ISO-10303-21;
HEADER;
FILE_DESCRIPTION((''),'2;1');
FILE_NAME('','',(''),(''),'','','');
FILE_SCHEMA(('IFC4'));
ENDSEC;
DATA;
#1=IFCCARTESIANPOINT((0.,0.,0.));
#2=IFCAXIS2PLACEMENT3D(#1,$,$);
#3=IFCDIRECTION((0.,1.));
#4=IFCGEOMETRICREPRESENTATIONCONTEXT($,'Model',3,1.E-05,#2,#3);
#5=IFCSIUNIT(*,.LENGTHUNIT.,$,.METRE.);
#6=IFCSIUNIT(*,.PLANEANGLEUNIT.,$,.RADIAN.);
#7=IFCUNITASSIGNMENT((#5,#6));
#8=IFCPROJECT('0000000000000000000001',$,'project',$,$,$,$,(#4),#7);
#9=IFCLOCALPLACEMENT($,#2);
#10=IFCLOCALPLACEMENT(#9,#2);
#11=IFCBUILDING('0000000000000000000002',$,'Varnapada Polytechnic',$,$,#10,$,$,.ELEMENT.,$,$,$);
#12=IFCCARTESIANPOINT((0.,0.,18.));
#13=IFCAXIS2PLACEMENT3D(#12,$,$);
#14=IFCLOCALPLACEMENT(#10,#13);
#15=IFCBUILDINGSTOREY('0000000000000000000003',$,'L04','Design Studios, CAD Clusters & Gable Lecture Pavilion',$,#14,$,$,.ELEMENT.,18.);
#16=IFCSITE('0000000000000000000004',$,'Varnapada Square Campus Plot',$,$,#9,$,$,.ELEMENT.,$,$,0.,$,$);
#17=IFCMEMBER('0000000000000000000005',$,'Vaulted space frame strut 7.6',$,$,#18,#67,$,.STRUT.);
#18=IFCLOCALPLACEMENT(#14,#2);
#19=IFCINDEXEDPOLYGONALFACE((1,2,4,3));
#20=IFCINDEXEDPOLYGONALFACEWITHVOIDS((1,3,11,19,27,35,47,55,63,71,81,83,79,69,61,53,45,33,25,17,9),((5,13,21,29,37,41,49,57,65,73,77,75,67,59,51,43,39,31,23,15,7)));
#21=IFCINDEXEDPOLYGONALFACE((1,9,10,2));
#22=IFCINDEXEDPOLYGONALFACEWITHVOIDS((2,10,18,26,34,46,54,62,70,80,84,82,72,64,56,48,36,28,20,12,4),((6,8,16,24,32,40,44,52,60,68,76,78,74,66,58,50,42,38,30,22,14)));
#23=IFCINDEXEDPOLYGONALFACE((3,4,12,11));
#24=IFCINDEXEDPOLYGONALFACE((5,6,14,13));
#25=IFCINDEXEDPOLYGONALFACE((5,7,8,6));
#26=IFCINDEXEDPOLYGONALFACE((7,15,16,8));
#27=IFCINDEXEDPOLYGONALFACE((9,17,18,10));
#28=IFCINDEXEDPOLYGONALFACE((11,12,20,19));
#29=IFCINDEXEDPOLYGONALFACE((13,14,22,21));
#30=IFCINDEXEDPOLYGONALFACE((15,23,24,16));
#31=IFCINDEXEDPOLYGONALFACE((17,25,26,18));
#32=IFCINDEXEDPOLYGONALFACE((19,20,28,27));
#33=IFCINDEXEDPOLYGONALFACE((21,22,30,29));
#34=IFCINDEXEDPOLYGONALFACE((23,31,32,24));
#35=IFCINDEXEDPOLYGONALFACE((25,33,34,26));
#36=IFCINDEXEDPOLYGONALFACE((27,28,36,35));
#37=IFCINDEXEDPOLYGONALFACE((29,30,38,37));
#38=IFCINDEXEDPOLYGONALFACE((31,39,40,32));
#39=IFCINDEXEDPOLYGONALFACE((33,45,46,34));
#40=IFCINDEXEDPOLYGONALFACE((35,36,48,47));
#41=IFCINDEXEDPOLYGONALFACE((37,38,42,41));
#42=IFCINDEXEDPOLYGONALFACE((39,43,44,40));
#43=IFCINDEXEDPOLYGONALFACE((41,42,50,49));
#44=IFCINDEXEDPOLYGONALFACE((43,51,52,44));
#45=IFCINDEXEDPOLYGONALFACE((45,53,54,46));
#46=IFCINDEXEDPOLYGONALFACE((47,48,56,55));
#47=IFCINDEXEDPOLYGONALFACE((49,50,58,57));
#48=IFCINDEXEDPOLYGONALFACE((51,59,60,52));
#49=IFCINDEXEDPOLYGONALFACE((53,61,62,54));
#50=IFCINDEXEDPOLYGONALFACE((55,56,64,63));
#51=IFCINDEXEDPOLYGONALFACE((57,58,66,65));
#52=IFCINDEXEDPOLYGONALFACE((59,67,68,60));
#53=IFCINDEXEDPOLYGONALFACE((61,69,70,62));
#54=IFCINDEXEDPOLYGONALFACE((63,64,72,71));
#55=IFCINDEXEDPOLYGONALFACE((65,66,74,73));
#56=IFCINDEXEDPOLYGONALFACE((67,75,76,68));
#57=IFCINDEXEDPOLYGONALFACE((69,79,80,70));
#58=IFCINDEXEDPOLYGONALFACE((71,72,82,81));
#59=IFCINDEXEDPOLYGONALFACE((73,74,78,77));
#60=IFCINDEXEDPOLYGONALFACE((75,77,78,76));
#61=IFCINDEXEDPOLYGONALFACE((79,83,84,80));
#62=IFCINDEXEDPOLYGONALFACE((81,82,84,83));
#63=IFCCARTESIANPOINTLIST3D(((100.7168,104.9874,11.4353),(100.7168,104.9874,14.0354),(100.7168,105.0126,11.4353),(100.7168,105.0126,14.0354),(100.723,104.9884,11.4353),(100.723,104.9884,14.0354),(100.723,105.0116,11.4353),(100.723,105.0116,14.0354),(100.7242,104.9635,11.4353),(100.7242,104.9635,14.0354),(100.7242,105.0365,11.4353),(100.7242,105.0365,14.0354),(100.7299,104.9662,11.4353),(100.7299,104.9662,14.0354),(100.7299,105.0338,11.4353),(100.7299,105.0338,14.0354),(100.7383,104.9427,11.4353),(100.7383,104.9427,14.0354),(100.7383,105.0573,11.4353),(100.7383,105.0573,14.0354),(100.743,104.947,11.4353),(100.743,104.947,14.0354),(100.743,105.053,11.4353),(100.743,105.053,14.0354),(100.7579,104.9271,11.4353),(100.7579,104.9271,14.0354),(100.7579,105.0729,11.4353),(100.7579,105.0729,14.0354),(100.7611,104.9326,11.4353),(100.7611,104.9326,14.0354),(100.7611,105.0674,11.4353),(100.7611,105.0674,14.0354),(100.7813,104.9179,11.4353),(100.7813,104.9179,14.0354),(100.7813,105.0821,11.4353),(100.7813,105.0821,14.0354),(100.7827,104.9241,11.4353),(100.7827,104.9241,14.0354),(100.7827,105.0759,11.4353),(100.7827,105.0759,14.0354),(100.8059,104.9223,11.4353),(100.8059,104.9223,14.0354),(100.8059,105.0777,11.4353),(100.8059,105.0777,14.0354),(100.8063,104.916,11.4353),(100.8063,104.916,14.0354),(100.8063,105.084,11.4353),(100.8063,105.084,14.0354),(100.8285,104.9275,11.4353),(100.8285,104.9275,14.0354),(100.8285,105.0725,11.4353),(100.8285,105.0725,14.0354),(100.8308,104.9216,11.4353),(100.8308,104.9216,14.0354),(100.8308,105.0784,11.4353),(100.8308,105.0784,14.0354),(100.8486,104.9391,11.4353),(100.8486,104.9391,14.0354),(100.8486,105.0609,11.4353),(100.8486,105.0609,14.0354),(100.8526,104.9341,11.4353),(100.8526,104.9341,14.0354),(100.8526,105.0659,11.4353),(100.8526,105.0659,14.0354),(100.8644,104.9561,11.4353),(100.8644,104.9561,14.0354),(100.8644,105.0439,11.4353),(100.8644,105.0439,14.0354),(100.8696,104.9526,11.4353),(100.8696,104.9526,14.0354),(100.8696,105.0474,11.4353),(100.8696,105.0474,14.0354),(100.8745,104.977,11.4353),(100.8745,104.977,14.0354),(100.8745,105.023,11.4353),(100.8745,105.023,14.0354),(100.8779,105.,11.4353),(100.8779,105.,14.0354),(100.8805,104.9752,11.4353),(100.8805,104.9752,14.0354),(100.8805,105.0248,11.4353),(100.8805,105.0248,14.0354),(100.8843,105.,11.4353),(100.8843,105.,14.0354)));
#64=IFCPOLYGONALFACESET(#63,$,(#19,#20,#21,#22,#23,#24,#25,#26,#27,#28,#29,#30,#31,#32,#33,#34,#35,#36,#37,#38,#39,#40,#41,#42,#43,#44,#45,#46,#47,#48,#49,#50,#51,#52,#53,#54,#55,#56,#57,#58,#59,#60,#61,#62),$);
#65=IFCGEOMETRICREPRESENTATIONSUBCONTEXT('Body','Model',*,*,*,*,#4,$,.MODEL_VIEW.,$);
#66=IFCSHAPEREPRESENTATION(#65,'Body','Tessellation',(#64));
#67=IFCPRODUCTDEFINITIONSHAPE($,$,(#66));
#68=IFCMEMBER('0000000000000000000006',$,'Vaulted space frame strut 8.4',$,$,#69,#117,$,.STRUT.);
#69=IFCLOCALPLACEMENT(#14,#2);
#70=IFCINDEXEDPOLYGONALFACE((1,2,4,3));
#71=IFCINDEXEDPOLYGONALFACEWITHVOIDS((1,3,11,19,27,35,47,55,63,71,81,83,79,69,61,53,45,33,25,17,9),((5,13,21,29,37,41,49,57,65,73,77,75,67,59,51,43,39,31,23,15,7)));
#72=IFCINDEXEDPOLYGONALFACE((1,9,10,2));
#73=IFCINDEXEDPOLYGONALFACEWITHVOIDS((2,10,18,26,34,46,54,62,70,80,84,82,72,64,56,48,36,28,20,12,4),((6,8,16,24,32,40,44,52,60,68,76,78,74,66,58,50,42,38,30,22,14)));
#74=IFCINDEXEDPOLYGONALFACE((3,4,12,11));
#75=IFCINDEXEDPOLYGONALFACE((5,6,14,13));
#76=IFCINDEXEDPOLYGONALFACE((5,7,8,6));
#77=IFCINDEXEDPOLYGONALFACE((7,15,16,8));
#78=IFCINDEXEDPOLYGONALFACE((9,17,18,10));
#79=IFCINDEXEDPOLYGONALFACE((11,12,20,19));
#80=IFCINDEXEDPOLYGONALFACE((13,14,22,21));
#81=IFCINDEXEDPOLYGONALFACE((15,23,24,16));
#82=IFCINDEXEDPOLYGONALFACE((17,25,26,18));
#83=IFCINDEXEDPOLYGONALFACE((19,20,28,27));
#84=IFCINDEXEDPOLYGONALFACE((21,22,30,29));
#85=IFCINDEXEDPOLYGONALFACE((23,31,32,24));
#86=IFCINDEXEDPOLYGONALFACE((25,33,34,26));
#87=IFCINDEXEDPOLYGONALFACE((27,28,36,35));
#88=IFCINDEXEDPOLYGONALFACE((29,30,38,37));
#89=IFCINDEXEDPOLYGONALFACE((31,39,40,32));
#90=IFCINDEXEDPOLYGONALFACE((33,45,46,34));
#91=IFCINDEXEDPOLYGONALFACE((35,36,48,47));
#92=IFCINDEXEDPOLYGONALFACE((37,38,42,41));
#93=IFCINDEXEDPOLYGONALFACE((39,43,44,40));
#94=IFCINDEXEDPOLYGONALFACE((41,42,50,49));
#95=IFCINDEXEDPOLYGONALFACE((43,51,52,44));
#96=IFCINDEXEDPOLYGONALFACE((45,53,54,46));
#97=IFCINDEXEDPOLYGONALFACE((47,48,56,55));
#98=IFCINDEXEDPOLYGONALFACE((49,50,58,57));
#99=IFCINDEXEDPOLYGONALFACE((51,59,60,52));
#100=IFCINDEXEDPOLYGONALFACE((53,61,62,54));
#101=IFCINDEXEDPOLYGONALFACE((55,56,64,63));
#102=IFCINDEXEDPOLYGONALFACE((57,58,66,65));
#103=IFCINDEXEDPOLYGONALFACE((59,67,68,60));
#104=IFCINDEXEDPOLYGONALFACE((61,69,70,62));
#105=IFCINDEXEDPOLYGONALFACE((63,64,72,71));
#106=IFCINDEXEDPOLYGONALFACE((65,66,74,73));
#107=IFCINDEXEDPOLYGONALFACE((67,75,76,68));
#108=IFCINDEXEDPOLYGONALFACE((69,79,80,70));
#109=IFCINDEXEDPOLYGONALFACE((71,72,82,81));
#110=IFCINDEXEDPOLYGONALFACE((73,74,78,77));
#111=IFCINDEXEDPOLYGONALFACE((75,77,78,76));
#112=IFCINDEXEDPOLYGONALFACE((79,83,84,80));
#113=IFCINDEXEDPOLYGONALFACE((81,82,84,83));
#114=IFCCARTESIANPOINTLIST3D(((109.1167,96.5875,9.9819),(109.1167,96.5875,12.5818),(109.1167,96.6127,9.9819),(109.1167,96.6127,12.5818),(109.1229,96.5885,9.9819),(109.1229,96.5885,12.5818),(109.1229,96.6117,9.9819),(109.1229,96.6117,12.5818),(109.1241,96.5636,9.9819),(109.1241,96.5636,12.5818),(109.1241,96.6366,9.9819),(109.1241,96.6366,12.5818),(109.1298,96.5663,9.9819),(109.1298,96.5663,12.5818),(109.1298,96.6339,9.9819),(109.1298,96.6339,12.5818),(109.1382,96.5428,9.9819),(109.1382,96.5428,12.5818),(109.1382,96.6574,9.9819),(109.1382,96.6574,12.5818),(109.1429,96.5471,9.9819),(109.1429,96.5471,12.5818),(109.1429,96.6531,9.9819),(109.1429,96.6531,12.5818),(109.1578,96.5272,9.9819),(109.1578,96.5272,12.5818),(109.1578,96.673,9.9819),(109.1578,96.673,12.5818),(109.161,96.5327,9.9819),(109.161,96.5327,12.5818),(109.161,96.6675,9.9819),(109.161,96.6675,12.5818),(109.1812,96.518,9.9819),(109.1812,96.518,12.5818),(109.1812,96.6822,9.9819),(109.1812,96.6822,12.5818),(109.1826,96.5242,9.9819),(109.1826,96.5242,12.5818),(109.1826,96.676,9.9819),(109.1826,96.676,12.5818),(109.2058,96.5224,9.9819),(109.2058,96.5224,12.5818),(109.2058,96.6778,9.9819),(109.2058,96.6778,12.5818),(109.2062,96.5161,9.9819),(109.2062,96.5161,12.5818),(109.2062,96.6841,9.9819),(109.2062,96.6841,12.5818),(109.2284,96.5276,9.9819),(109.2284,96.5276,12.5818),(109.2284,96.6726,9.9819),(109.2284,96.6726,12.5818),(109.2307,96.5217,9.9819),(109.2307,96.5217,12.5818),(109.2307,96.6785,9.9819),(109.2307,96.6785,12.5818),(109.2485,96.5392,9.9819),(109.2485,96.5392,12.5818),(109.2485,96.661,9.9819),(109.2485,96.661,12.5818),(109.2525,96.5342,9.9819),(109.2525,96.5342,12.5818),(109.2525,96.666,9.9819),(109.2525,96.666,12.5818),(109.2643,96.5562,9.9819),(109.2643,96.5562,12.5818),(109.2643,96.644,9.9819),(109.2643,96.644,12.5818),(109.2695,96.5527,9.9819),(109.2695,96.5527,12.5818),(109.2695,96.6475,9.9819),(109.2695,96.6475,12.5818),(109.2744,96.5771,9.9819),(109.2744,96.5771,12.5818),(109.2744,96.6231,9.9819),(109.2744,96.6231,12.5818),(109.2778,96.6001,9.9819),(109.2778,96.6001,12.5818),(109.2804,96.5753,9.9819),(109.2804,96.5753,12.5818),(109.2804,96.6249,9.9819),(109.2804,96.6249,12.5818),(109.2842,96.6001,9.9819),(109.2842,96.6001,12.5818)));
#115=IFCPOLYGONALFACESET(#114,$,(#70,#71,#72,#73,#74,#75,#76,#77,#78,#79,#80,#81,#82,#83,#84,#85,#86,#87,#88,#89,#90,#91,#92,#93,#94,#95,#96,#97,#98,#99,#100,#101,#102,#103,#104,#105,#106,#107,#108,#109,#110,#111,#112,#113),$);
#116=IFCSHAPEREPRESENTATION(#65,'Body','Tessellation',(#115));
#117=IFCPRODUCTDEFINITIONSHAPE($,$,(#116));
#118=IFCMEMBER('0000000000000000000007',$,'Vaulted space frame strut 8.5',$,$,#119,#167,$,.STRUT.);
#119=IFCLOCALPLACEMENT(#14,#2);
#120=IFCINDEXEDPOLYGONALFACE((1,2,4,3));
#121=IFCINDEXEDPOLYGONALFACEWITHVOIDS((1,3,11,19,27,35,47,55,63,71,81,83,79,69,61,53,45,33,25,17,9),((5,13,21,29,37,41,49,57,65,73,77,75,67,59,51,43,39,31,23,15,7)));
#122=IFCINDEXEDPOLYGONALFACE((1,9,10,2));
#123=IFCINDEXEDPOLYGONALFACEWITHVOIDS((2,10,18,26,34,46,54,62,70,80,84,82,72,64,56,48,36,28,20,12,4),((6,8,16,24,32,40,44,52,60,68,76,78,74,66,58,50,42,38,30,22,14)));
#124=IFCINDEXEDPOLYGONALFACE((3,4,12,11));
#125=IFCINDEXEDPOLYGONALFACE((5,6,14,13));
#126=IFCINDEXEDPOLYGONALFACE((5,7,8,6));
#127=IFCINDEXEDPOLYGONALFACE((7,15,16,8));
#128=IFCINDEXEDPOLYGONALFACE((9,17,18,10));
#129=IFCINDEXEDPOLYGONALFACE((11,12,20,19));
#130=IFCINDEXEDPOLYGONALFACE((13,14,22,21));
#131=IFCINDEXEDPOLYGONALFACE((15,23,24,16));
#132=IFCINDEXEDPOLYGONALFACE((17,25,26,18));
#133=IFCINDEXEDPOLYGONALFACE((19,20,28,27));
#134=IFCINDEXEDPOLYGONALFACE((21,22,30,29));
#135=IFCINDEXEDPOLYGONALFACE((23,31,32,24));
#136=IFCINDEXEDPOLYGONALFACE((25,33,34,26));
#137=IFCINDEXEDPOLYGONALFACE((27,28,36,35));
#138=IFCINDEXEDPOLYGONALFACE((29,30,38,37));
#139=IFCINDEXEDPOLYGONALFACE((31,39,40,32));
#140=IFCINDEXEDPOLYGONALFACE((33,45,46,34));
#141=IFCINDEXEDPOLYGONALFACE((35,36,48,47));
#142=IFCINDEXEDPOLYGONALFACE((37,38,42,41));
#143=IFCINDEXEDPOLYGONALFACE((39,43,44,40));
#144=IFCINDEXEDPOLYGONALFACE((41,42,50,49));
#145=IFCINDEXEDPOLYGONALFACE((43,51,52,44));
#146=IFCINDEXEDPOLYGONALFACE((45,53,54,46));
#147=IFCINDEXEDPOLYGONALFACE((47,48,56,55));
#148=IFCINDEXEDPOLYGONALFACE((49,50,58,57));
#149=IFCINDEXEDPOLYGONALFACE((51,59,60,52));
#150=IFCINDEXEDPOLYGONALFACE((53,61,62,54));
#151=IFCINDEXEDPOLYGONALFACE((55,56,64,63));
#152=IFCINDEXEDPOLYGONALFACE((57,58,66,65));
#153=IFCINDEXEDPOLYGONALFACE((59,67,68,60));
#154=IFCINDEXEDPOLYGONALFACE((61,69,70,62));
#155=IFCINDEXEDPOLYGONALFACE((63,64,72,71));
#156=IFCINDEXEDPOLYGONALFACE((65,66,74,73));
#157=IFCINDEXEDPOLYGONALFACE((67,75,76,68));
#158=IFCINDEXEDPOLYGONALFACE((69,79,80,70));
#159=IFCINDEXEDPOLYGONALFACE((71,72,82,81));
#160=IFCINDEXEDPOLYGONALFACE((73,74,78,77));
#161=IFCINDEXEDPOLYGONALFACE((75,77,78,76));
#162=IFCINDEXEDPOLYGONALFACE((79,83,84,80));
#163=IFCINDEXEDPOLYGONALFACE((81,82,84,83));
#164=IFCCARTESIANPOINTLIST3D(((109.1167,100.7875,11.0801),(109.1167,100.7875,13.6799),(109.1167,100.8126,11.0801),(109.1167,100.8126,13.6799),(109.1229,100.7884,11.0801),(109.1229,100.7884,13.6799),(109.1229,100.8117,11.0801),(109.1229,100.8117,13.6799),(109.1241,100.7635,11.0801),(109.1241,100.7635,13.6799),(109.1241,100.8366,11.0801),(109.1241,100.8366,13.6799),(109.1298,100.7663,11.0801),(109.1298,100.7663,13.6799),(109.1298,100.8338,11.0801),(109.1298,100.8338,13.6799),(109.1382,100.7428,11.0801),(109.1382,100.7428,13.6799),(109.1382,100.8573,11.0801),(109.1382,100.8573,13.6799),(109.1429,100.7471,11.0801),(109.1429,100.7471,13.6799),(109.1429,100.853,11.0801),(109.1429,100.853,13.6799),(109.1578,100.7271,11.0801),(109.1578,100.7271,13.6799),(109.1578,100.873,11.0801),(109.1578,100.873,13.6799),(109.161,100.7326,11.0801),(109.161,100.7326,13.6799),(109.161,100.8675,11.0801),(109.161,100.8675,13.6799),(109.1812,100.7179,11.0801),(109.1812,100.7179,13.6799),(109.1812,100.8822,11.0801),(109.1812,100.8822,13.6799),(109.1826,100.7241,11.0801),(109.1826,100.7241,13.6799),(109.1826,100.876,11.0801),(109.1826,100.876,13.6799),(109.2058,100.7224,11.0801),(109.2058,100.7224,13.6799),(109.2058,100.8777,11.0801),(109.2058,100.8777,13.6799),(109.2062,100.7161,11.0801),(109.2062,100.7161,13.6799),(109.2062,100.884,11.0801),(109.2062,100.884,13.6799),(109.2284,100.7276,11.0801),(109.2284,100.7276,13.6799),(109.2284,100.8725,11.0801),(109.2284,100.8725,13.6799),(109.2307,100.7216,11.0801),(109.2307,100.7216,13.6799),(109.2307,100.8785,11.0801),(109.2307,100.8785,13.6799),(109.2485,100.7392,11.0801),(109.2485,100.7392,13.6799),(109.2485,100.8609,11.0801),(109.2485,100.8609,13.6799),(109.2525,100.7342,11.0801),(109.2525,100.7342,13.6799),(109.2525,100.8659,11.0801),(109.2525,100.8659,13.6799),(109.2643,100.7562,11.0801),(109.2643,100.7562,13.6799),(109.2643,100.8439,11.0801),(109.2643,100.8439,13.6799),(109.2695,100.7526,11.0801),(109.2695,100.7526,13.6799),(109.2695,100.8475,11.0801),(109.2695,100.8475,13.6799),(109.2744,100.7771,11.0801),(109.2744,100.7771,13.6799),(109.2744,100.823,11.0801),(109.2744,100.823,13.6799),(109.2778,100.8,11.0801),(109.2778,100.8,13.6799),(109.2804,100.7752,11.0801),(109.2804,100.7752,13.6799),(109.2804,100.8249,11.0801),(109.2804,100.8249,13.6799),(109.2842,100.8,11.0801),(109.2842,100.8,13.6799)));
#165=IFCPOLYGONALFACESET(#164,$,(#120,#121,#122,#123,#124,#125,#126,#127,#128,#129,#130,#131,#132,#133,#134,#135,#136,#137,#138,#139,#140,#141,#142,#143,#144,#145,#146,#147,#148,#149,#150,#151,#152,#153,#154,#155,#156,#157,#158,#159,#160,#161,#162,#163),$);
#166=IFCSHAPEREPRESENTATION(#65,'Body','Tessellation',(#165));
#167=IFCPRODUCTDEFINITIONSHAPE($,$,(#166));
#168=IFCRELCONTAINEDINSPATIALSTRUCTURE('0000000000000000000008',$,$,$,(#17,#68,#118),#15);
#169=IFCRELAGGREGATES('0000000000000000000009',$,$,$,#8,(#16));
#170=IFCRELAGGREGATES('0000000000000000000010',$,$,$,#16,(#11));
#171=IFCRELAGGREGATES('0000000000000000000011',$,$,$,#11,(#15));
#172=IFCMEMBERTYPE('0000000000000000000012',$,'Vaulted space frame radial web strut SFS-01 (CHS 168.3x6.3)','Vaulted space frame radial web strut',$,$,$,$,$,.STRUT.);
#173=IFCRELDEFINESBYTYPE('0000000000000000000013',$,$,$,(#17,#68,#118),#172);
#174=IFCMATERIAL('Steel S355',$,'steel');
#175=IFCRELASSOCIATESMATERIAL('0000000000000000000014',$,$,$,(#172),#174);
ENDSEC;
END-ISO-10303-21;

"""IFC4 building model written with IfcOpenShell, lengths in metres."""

from ifc_helpers import new_model, si_unit, direction, frame, origin, origin_2d, place, context, subcontext, project, spatial, hollow_circle, extrude, material, material_profile, profile_set, type_object, element, save


model = new_model("IFC4")

# Units and contexts
model_context = context("Model", 3, precision=1e-05, world=origin(), true_north=direction((0.0, 1.0)))
body_context = subcontext(model_context, "Body", "Model", "MODEL_VIEW")
ifc_project = project(units=[si_unit("LENGTHUNIT", "METRE"), si_unit("PLANEANGLEUNIT", "RADIAN")], contexts=[model_context])

# Site, building, storey
site_placement = place(None, origin())
site = spatial("IfcSite", under=ifc_project, at=site_placement, Name="Varnapada Square Campus Plot", CompositionType="ELEMENT", RefElevation=0.0)
building_placement = place(site_placement, origin())
building = spatial("IfcBuilding", under=site, at=building_placement, Name="Varnapada Polytechnic", CompositionType="ELEMENT")
storey_placement = place(building_placement, frame((0.0, 0.0, 18.0)))
storey = spatial("IfcBuildingStorey", under=building, at=storey_placement, Name="L04", Description="Design Studios, CAD Clusters & Gable Lecture Pavilion", CompositionType="ELEMENT", Elevation=18.0)

# Shared definitions
ifc_material = material(Name="Steel S355", Category="steel")

# Members
ifc_material_profile_1 = material_profile(ifc_material, hollow_circle(Radius=0.0842, WallThickness=0.0063, at=origin_2d()), Name="CHS 168.3x6.3")
ifc_profile_set_1 = profile_set([ifc_material_profile_1], Name="Steel S355")
member_type_1 = type_object("IfcMemberType", Name="Vaulted space frame radial web strut SFS-01 (CHS 168.3x6.3)", Description="Vaulted space frame radial web strut", PredefinedType="STRUT", material=ifc_profile_set_1)
member_1_placement = place(storey_placement, frame((100.8, 105.0, 11.4353), z_axis=(0.0, 0.0, 1.0), x_axis=(1.0, 0.0, 0.0)))
element("IfcMember", 1, at=member_1_placement, inside=storey, type_object=member_type_1, Name="Vaulted space frame strut 7.6", PredefinedType="STRUT", context=body_context, shape_type="SweptSolid", body=[
    extrude(hollow_circle(Radius=0.0842, WallThickness=0.0063, at=origin_2d()), origin(), (0.0, 0.0, 1.0), 2.6001),
])
for number, where, z_axis, x_axis, name in (
    (2, (109.2, 96.6001, 9.9819), (0.0, 0.0, 1.0), (1.0, 0.0, 0.0), "Vaulted space frame strut 8.4"),
    (3, (109.2, 100.8, 11.0801), (0.0, 0.0, 1.0), (1.0, 0.0, 0.0), "Vaulted space frame strut 8.5"),
):
    element("IfcMember", number, at=place(storey_placement, frame(where, z_axis=z_axis, x_axis=x_axis)), inside=storey, type_object=member_type_1, Name=name, PredefinedType="STRUT", context=body_context, shape_type="SweptSolid", body=[
        extrude(hollow_circle(Radius=0.0842, WallThickness=0.0063, at=origin_2d()), origin(), (0.0, 0.0, 1.0), 2.5999),
    ])

save(model, "model.ifc")
